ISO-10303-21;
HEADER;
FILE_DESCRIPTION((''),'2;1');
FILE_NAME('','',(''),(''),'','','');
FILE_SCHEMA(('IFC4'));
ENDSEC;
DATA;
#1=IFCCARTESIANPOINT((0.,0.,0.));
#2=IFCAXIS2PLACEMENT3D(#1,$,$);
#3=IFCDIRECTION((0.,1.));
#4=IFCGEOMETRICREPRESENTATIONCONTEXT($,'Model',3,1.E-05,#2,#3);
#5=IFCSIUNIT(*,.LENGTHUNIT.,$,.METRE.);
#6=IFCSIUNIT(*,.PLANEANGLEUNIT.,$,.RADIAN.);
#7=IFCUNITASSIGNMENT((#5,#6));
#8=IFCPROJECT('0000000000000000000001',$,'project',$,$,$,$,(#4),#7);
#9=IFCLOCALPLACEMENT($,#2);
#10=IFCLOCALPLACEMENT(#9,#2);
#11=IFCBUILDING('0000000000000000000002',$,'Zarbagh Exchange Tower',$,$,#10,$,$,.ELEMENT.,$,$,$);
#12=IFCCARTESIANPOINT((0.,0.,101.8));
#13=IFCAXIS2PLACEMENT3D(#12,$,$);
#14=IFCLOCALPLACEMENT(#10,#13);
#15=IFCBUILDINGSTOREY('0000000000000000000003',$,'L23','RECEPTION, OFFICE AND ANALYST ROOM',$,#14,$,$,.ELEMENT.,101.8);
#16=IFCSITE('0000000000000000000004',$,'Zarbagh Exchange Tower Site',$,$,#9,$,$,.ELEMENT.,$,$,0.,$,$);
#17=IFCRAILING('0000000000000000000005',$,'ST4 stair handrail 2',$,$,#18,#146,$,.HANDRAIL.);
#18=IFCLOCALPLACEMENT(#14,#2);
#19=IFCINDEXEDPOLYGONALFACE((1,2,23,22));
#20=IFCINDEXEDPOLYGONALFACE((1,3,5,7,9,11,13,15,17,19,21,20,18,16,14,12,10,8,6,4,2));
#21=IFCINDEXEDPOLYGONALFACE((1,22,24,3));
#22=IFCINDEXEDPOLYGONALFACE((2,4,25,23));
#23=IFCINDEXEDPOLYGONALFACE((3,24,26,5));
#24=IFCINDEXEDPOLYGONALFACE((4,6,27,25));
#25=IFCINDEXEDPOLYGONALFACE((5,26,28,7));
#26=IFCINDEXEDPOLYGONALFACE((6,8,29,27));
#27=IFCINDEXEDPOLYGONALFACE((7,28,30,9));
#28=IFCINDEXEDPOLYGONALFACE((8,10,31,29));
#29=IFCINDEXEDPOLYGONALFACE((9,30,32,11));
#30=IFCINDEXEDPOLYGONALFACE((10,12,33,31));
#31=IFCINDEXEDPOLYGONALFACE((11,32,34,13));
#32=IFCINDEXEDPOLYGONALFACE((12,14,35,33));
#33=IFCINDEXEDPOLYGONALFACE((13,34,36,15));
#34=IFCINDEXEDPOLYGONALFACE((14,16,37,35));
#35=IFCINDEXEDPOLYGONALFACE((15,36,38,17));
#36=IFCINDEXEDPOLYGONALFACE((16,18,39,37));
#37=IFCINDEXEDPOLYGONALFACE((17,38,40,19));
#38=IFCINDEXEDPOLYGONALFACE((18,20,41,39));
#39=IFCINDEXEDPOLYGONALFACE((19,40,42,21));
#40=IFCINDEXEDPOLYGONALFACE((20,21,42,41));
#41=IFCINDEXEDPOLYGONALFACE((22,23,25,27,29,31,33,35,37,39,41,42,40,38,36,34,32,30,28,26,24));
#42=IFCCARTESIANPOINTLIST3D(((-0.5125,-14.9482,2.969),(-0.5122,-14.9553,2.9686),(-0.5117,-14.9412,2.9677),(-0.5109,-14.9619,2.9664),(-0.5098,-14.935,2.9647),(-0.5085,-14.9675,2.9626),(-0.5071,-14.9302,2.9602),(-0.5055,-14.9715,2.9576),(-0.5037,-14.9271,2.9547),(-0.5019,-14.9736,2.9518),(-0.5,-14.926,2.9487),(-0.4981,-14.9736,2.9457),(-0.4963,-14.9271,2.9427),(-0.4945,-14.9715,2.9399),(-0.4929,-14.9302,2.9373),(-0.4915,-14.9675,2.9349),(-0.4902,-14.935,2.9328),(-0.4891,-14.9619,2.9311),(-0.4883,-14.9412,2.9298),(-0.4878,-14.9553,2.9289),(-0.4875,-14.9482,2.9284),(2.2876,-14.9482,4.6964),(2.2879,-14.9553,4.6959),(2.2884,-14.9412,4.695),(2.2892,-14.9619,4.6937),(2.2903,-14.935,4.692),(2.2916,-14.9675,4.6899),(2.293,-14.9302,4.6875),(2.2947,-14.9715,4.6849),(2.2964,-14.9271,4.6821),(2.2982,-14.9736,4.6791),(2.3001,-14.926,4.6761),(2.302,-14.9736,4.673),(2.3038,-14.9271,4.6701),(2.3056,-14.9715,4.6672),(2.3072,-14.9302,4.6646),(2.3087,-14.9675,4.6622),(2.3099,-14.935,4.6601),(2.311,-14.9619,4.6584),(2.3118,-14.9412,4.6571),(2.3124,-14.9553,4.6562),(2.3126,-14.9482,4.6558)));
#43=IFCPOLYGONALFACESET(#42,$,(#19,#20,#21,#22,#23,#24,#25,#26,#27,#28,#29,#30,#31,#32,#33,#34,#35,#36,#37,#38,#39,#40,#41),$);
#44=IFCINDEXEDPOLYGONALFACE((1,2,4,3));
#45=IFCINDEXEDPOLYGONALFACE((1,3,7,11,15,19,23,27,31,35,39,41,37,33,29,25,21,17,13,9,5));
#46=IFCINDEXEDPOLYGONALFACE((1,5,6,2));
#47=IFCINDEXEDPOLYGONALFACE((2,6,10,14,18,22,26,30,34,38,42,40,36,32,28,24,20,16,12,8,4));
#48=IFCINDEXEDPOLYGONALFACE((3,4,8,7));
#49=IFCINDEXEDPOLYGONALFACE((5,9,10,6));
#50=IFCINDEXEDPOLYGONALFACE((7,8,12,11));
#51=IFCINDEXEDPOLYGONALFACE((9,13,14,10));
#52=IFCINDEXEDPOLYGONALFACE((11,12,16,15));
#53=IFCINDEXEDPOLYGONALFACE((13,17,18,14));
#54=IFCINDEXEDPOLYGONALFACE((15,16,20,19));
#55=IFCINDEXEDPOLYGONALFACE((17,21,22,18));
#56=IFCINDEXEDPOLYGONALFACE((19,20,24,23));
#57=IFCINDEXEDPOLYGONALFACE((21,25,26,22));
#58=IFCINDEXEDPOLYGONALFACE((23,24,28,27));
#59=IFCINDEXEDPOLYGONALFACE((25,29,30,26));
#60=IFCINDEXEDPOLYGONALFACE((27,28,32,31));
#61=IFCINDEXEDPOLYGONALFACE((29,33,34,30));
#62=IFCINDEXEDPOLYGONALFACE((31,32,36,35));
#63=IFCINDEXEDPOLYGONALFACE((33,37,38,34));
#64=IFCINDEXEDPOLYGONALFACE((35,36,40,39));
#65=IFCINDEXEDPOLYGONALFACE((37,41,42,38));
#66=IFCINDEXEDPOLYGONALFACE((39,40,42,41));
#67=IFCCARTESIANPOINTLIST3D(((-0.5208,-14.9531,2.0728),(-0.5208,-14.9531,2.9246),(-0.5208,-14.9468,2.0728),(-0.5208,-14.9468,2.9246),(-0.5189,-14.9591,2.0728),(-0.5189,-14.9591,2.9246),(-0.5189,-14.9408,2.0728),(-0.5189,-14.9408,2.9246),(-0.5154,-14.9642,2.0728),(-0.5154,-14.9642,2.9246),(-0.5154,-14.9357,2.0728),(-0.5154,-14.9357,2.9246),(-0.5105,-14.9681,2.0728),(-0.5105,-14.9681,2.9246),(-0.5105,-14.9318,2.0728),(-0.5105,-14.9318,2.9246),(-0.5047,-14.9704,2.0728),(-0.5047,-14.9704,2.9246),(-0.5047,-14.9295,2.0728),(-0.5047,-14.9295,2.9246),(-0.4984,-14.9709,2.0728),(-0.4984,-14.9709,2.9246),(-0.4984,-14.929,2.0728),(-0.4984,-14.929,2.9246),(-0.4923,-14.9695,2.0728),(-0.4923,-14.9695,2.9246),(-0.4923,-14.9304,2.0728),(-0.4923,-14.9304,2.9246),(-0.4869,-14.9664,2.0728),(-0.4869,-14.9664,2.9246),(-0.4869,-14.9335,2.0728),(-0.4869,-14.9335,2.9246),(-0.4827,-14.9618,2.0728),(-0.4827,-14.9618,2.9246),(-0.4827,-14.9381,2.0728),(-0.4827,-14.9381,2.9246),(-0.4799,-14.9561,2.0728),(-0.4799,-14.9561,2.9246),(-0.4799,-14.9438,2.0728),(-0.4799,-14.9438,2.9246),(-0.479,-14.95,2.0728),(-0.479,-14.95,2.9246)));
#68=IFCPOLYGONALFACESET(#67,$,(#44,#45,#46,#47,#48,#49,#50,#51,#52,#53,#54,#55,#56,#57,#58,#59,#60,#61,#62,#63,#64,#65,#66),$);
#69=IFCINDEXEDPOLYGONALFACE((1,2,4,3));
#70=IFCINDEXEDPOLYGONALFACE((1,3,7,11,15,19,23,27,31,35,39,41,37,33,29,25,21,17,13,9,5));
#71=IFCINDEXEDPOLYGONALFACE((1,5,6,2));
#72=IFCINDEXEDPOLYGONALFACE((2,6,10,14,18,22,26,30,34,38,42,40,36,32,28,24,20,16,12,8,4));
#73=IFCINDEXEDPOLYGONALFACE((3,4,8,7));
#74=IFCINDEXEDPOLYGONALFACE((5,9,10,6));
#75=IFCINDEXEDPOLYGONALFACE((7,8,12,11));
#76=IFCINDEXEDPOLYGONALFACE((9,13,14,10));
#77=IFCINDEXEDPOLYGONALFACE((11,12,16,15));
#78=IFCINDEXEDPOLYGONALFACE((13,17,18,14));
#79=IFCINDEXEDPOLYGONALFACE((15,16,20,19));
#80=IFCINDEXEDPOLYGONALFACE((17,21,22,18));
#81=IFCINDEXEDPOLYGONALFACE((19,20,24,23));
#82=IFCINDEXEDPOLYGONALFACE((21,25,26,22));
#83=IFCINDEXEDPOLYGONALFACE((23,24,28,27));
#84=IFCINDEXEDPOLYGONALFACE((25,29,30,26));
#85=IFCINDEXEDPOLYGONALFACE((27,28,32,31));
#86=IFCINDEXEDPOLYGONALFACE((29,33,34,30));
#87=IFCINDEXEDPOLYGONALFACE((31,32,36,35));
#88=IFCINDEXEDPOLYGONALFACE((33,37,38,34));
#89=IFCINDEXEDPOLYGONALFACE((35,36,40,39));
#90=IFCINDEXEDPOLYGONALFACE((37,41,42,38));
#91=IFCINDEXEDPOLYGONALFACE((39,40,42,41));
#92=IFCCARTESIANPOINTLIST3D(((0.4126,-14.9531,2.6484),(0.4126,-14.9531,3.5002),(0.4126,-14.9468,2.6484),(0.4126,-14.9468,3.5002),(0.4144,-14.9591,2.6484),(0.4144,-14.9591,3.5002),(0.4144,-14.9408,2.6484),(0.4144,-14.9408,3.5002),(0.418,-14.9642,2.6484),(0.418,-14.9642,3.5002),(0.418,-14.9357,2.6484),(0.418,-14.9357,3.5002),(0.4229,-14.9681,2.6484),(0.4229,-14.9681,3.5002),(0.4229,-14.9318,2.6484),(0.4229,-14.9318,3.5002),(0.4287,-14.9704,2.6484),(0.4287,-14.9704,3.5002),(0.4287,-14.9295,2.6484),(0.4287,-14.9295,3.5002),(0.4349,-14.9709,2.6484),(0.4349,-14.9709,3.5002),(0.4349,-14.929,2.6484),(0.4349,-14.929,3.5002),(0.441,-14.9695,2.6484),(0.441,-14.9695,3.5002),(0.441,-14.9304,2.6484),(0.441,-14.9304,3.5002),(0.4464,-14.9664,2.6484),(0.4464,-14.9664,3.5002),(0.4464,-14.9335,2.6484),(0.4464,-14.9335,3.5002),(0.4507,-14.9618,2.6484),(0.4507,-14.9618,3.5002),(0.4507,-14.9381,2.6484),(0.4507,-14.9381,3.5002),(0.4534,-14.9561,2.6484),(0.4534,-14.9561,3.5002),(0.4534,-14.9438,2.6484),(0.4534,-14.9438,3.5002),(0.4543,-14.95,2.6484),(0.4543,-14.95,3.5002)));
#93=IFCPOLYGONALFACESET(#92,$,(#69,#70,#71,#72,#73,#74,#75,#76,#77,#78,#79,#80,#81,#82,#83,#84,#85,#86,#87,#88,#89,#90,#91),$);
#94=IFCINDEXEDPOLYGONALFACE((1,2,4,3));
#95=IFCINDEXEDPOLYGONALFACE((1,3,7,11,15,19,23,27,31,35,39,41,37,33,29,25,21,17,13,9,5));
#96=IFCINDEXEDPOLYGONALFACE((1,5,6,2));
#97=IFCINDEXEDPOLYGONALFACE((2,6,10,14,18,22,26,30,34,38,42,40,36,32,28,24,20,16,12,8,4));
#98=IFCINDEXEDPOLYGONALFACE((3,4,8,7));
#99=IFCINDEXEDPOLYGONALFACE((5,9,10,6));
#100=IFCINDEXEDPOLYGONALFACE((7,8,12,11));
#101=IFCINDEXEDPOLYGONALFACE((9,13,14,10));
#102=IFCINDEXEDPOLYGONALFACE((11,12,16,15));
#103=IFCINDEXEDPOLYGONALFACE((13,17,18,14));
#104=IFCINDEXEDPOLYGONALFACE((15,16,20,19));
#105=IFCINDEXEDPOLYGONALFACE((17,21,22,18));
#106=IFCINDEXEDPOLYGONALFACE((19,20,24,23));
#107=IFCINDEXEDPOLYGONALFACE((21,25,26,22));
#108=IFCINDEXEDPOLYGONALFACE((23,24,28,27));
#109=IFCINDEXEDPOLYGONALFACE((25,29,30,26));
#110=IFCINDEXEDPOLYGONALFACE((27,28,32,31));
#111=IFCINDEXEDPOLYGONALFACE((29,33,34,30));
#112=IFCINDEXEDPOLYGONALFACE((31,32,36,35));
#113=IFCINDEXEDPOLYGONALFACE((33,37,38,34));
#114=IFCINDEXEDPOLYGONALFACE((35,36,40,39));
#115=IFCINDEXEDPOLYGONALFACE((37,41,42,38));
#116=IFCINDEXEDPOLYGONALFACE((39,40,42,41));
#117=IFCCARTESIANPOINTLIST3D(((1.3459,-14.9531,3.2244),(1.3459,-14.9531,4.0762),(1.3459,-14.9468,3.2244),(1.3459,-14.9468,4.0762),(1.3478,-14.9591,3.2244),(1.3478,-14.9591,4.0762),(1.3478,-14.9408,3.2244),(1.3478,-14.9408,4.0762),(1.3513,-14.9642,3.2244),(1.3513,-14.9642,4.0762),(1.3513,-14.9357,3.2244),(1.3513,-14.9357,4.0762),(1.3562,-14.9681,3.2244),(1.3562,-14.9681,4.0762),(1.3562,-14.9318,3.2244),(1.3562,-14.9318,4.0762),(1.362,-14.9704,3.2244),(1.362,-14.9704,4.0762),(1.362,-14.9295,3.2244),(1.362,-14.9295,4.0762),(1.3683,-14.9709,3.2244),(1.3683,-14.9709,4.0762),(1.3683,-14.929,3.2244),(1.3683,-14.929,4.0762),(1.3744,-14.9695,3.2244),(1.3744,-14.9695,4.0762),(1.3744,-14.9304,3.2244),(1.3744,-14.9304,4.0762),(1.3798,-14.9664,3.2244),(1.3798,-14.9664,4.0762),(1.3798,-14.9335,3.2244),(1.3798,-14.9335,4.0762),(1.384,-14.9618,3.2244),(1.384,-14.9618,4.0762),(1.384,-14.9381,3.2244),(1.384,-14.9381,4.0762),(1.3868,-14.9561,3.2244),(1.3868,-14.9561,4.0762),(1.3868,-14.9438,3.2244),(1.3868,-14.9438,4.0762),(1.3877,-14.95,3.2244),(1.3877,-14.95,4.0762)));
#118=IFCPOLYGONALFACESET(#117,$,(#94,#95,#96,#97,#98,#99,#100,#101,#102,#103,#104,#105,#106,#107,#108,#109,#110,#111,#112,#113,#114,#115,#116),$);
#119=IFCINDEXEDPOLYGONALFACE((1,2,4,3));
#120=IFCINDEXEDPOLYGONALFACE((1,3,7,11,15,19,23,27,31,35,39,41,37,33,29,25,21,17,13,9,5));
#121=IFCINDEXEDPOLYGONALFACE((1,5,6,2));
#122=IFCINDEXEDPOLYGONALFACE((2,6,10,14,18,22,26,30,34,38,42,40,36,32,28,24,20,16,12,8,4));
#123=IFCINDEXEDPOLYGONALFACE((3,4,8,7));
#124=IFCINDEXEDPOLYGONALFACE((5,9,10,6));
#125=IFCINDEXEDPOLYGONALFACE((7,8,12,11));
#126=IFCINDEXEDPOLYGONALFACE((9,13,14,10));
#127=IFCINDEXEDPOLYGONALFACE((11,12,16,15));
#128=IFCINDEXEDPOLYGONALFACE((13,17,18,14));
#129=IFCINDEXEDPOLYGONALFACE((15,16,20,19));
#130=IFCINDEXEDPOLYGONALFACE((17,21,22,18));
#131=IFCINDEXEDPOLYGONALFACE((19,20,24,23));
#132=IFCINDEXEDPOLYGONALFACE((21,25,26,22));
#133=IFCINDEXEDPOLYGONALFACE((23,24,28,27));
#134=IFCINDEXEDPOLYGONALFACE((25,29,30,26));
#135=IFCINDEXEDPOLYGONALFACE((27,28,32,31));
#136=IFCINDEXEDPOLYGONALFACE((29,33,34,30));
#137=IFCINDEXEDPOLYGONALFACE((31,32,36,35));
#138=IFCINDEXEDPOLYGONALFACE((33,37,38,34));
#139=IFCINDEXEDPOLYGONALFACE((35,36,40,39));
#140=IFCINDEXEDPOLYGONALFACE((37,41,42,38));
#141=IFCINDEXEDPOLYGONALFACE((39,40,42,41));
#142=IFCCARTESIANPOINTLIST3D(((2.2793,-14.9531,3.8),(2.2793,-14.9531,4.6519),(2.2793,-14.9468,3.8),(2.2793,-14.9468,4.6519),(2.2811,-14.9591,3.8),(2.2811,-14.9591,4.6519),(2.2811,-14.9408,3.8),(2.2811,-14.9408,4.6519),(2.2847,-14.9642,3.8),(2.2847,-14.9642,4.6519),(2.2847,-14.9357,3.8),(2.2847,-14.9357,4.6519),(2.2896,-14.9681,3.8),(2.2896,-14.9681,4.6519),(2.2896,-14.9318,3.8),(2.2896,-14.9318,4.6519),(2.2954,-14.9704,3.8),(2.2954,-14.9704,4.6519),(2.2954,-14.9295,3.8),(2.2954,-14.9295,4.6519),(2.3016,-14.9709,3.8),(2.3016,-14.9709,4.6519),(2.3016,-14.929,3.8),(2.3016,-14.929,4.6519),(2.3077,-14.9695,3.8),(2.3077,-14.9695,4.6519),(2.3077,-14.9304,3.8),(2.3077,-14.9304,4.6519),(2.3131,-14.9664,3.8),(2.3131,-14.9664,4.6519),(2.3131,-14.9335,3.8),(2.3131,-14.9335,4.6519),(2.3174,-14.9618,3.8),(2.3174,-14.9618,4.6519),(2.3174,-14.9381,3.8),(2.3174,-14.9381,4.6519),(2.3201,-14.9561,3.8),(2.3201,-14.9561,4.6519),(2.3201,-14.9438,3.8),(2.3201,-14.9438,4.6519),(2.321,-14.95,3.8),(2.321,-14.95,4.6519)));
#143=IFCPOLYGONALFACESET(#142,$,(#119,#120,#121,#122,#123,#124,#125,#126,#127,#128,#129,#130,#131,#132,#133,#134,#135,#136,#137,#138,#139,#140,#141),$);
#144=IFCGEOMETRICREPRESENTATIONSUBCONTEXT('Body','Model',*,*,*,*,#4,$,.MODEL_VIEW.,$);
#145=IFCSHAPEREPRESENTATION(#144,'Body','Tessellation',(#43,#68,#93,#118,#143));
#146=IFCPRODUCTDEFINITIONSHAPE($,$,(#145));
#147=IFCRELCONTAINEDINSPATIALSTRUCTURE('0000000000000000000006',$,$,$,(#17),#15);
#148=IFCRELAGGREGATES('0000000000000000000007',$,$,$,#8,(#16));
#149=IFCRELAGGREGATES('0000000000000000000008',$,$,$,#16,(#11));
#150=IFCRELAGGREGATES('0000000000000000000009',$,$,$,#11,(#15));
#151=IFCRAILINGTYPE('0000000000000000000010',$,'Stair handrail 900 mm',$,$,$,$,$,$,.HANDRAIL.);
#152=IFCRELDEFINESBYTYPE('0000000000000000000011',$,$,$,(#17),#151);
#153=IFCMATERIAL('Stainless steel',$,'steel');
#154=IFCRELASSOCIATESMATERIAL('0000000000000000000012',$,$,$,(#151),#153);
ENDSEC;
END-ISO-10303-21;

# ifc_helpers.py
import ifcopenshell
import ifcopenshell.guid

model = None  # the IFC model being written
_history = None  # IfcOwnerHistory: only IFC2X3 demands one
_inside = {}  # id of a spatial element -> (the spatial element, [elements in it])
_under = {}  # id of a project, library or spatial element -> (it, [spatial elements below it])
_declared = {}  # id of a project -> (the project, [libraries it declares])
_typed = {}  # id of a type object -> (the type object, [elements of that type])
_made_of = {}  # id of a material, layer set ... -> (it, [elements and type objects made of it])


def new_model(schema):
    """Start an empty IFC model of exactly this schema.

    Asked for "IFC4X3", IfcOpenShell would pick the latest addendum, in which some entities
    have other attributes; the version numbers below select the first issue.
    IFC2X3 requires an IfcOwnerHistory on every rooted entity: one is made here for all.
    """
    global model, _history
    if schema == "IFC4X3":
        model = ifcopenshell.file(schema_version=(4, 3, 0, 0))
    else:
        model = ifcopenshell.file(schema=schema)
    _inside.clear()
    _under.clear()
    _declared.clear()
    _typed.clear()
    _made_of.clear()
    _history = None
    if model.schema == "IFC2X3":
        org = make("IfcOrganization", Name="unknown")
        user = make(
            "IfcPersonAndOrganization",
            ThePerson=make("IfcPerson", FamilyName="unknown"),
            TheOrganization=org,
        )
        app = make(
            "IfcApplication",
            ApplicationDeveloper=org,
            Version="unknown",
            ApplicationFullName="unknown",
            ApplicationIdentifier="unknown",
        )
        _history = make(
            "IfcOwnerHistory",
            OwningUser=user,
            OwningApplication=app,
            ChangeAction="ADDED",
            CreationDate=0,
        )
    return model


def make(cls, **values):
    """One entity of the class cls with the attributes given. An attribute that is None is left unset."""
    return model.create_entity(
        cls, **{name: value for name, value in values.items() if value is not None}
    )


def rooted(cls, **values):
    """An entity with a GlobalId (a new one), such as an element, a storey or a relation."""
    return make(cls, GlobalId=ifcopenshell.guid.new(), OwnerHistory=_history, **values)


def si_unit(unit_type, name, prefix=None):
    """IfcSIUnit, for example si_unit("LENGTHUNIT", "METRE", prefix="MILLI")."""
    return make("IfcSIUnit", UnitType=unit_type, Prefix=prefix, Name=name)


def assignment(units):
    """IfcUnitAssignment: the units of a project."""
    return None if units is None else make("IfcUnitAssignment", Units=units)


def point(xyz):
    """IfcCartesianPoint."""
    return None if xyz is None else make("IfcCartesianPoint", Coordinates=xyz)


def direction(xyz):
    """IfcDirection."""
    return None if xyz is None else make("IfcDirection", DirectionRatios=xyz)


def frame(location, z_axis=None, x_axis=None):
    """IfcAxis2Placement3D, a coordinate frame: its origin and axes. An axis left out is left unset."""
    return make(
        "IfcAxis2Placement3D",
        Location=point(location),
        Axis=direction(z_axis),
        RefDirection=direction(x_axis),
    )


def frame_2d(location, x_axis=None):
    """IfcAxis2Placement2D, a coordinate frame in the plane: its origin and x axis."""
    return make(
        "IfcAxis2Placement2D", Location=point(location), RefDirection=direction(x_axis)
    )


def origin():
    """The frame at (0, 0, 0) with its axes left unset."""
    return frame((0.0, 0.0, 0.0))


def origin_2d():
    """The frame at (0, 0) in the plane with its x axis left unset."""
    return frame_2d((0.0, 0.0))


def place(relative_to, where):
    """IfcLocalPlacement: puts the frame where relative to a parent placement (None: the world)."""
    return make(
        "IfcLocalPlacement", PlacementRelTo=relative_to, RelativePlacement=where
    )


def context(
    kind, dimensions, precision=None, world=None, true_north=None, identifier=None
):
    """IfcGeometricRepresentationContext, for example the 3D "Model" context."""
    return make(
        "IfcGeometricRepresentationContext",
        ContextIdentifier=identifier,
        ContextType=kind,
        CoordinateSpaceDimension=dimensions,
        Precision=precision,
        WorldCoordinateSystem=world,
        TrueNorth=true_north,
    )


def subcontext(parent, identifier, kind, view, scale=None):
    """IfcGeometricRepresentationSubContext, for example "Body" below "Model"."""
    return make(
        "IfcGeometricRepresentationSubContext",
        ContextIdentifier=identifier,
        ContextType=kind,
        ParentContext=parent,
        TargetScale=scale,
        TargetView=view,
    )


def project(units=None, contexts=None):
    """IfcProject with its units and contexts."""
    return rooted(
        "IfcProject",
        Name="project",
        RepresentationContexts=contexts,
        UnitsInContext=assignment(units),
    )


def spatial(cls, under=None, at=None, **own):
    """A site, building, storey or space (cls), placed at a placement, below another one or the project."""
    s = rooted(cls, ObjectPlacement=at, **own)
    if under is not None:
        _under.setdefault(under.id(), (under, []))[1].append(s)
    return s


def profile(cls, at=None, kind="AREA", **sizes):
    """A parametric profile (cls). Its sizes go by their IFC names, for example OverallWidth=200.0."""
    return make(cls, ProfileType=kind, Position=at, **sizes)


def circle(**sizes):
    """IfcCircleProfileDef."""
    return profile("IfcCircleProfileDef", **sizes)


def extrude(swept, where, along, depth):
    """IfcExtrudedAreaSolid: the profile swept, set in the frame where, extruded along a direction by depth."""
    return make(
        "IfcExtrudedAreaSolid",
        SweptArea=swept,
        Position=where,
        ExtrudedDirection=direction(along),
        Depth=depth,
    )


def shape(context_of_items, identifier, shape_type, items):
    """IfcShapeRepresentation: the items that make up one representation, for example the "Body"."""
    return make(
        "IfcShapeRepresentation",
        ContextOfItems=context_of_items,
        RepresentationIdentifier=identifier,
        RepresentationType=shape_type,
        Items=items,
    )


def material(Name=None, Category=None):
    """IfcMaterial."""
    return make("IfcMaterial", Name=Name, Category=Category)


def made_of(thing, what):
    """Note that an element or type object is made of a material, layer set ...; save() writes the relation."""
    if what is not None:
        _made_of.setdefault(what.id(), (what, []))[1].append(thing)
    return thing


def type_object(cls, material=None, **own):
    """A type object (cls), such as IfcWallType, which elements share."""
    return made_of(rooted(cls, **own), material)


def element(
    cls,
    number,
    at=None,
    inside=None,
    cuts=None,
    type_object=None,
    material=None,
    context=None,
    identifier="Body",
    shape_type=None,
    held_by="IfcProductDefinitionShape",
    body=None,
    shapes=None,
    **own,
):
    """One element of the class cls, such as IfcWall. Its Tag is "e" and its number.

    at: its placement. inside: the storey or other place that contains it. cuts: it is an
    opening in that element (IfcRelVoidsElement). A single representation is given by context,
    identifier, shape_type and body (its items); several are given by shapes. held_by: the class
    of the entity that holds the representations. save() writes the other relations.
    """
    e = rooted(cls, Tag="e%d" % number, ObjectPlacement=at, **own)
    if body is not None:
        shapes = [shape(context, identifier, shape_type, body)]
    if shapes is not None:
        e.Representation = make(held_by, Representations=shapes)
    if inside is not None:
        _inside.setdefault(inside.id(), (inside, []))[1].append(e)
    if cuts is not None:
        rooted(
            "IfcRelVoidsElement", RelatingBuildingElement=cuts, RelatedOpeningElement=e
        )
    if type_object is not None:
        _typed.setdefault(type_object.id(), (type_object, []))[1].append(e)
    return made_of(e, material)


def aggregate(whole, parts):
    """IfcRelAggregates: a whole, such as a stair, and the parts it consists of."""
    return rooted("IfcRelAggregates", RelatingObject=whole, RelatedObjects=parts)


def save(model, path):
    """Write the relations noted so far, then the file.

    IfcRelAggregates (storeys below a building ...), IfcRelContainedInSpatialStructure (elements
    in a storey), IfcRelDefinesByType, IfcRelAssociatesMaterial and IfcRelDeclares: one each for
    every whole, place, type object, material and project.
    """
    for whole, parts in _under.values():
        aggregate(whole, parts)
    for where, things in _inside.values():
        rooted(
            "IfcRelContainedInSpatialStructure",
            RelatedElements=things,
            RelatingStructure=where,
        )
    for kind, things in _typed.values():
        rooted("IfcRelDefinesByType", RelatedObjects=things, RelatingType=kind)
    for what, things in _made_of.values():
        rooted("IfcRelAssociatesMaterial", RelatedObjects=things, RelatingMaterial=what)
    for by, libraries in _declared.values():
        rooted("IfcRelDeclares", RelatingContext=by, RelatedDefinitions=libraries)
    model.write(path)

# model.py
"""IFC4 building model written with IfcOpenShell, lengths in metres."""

from ifc_helpers import new_model, si_unit, direction, frame, origin, origin_2d, place, context, subcontext, project, spatial, circle, extrude, material, type_object, element, save


model = new_model("IFC4")

# Units and contexts
model_context = context("Model", 3, precision=1e-05, world=origin(), true_north=direction((0.0, 1.0)))
body_context = subcontext(model_context, "Body", "Model", "MODEL_VIEW")
ifc_project = project(units=[si_unit("LENGTHUNIT", "METRE"), si_unit("PLANEANGLEUNIT", "RADIAN")], contexts=[model_context])

# Site, building, storey
site_placement = place(None, origin())
site = spatial("IfcSite", under=ifc_project, at=site_placement, Name="Zarbagh Exchange Tower Site", CompositionType="ELEMENT", RefElevation=0.0)
building_placement = place(site_placement, origin())
building = spatial("IfcBuilding", under=site, at=building_placement, Name="Zarbagh Exchange Tower", CompositionType="ELEMENT")
storey_placement = place(building_placement, frame((0.0, 0.0, 101.8)))
storey = spatial("IfcBuildingStorey", under=building, at=storey_placement, Name="L23", Description="RECEPTION, OFFICE AND ANALYST ROOM", CompositionType="ELEMENT", Elevation=101.8)

# Shared definitions
ifc_material_1 = material(Name="Stainless steel", Category="steel")

# Railing
railing_type = type_object("IfcRailingType", Name="Stair handrail 900 mm", PredefinedType="HANDRAIL", material=ifc_material_1)
for number, where, name in (
    (1, (-0.5, -14.95, 2.0728), "ST4 stair handrail 2"),
):
    element("IfcRailing", number, at=place(storey_placement, frame(where)), inside=storey, type_object=railing_type, Name=name, PredefinedType="HANDRAIL", context=body_context, shape_type="SweptSolid", body=[
        extrude(circle(Radius=0.0239, at=origin_2d()), frame((0.0, 0.0, 0.876), z_axis=(0.85109, 0.0, 0.52502), x_axis=(0.0, 1.0, 0.0)), (0.0, 0.0, 1.0), 3.29),
        extrude(circle(Radius=0.021, at=origin_2d()), origin(), (0.0, 0.0, 1.0), 0.8518),
        extrude(circle(Radius=0.021, at=origin_2d()), frame((0.9333, 0.0, 0.5757)), (0.0, 0.0, 1.0), 0.8518),
        extrude(circle(Radius=0.021, at=origin_2d()), frame((1.8667, 0.0, 1.1516)), (0.0, 0.0, 1.0), 0.8518),
        extrude(circle(Radius=0.021, at=origin_2d()), frame((2.8, 0.0, 1.7273)), (0.0, 0.0, 1.0), 0.8518),
    ])

save(model, "model.ifc")
